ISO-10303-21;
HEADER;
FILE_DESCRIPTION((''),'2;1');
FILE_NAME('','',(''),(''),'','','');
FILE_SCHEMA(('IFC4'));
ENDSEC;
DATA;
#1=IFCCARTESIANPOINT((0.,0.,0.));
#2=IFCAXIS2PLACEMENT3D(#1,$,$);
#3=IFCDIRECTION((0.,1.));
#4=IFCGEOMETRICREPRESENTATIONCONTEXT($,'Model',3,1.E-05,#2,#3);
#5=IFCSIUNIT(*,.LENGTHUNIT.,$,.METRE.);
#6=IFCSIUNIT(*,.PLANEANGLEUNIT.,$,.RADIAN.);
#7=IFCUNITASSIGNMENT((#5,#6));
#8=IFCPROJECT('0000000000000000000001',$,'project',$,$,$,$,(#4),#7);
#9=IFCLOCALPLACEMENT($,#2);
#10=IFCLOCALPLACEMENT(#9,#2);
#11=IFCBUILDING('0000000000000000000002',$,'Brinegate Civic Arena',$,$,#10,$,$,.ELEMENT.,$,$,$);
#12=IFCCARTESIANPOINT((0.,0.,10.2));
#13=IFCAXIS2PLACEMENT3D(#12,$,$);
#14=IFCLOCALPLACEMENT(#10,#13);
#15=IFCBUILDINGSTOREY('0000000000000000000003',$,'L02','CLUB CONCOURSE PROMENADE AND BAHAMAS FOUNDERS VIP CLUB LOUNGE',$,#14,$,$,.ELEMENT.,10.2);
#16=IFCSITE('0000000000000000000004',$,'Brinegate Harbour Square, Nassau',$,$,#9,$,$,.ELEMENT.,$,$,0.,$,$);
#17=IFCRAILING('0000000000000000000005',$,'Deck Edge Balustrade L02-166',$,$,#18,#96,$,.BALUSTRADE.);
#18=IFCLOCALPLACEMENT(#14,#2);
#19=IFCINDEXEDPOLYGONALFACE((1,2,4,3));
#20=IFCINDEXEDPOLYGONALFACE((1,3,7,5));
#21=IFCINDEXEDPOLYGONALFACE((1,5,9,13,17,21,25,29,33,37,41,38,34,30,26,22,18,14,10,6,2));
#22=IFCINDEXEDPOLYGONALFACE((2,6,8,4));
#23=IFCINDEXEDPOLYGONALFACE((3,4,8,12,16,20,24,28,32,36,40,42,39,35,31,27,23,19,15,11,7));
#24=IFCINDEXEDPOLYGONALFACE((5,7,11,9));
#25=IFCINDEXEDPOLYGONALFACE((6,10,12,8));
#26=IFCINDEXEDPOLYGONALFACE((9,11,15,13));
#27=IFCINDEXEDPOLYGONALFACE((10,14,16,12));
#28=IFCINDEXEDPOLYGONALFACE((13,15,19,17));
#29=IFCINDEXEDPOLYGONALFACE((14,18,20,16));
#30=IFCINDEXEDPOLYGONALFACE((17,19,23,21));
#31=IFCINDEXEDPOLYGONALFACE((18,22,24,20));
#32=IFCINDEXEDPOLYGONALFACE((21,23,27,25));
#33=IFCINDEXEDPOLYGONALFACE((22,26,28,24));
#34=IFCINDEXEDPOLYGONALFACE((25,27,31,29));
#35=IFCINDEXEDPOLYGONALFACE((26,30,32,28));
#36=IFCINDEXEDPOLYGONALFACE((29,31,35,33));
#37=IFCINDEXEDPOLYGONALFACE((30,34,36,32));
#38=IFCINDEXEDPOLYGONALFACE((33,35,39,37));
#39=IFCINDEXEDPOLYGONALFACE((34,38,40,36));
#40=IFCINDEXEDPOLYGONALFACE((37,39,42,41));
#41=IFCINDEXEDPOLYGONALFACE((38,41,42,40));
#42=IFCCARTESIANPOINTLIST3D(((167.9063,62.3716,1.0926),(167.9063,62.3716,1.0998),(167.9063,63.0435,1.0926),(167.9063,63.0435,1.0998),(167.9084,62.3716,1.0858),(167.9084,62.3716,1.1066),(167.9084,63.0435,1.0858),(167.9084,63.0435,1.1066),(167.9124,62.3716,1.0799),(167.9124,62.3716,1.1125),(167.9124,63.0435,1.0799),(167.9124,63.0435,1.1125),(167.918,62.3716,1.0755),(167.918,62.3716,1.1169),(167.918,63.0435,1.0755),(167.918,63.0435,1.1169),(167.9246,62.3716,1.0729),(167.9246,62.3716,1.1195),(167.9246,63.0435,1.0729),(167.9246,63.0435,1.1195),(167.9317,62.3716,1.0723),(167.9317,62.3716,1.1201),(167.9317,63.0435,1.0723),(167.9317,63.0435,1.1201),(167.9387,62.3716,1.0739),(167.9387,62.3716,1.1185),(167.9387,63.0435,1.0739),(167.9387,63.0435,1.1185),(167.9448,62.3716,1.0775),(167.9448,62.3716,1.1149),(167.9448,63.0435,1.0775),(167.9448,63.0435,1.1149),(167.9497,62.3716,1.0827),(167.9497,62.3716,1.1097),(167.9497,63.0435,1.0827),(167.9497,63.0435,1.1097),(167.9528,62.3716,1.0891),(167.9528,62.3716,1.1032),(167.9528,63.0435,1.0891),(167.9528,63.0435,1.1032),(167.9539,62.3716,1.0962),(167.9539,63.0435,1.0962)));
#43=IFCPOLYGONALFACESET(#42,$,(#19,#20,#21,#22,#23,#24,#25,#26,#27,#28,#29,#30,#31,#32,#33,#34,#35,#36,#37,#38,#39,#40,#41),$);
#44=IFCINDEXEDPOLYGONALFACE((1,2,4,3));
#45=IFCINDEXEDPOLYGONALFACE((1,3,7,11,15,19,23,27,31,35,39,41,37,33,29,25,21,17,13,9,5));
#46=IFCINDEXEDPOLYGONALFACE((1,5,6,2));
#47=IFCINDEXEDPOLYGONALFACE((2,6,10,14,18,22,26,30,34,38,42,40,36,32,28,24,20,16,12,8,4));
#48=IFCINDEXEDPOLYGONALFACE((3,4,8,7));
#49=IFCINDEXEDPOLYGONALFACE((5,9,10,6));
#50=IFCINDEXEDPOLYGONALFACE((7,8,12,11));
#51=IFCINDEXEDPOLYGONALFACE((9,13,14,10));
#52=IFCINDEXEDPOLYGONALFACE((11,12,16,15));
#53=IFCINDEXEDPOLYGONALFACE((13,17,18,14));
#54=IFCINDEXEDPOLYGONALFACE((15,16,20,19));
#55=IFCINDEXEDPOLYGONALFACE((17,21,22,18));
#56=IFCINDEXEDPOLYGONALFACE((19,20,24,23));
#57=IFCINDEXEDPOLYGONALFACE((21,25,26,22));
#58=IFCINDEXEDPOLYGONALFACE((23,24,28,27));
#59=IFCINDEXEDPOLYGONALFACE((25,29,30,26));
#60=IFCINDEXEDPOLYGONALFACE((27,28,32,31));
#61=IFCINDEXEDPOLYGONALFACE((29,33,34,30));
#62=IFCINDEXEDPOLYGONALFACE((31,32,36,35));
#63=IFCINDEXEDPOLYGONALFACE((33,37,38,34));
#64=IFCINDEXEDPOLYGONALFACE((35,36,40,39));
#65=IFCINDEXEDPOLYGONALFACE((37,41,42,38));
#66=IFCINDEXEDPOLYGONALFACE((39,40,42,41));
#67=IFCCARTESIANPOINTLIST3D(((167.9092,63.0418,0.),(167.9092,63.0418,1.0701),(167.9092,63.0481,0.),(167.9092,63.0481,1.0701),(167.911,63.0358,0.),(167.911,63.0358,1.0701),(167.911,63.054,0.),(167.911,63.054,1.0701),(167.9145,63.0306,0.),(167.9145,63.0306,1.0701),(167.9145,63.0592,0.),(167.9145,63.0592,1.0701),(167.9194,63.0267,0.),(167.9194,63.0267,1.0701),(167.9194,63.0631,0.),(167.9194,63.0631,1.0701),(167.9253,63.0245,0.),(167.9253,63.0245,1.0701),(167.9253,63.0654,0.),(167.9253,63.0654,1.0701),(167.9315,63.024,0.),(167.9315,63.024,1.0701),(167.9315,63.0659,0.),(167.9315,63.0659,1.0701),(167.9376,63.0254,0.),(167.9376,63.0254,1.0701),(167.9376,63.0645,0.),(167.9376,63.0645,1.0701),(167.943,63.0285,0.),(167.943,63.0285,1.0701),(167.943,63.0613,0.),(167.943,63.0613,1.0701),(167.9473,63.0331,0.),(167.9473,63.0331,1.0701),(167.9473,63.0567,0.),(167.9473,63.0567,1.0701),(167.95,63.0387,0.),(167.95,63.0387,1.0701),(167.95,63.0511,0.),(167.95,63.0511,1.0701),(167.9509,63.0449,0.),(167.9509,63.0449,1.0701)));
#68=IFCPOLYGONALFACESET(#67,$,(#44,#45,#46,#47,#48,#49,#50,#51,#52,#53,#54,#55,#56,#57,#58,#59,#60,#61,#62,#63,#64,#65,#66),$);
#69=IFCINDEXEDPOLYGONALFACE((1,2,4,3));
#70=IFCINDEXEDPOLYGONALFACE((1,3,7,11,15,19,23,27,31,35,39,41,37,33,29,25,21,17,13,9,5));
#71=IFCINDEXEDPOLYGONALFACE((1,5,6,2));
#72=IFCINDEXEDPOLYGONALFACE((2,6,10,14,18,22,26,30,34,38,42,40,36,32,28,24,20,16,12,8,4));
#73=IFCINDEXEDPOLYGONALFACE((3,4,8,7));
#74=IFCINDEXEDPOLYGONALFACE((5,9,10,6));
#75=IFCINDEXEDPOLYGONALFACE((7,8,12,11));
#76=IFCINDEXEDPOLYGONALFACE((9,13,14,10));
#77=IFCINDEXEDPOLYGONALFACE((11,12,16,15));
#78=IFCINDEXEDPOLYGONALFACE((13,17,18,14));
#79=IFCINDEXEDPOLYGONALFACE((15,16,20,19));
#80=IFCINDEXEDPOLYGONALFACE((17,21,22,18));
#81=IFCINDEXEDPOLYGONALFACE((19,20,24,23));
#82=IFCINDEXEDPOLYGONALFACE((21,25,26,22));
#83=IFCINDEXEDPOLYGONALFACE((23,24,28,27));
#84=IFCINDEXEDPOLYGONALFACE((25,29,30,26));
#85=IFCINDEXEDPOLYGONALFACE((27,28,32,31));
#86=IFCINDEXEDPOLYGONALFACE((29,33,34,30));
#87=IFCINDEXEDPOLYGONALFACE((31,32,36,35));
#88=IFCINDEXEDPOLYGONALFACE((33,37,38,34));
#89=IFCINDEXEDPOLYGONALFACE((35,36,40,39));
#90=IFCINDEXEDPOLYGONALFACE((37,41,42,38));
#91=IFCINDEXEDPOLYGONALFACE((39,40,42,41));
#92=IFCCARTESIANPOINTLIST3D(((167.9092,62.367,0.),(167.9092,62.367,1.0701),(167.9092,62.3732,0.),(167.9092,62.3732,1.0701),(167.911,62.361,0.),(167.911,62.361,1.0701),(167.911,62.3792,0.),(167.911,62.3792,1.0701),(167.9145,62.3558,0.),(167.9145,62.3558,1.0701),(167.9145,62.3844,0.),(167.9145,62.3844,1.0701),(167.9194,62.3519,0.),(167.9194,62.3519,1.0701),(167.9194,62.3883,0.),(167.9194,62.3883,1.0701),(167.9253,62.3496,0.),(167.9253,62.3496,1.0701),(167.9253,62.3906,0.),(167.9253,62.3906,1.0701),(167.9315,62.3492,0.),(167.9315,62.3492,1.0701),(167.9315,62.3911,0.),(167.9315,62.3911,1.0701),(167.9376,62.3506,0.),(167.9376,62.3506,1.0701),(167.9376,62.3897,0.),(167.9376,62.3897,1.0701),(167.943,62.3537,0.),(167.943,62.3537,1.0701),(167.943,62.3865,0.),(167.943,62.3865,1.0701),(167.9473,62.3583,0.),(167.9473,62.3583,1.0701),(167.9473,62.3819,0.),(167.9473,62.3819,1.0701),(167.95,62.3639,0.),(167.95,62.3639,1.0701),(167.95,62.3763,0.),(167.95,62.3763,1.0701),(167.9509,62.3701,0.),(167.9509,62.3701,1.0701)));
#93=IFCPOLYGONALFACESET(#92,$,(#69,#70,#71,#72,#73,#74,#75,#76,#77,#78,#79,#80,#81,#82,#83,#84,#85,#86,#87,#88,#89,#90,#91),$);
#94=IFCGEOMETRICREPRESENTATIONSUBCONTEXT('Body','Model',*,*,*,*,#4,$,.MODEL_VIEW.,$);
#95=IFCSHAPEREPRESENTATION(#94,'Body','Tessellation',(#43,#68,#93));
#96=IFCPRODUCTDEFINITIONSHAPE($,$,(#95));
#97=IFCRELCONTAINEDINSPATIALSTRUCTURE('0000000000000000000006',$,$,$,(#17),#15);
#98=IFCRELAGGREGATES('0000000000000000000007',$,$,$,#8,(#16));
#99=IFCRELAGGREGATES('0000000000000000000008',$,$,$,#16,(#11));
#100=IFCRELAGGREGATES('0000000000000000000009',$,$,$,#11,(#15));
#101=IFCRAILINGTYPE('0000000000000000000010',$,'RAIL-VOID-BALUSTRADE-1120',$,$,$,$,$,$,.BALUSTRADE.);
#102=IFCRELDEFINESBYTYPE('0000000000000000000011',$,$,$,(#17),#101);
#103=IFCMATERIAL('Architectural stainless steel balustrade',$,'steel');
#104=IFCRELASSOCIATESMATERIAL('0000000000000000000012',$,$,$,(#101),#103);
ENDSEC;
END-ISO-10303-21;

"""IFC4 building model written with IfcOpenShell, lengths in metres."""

from ifc_helpers import new_model, si_unit, direction, frame, origin, origin_2d, place, context, subcontext, project, spatial, circle, extrude, material, type_object, element, save


model = new_model("IFC4")

# Units and contexts
model_context = context("Model", 3, precision=1e-05, world=origin(), true_north=direction((0.0, 1.0)))
body_context = subcontext(model_context, "Body", "Model", "MODEL_VIEW")
ifc_project = project(units=[si_unit("LENGTHUNIT", "METRE"), si_unit("PLANEANGLEUNIT", "RADIAN")], contexts=[model_context])

# Site, building, storey
site_placement = place(None, origin())
site = spatial("IfcSite", under=ifc_project, at=site_placement, Name="Brinegate Harbour Square, Nassau", CompositionType="ELEMENT", RefElevation=0.0)
building_placement = place(site_placement, origin())
building = spatial("IfcBuilding", under=site, at=building_placement, Name="Brinegate Civic Arena", CompositionType="ELEMENT")
storey_placement = place(building_placement, frame((0.0, 0.0, 10.2)))
storey = spatial("IfcBuildingStorey", under=building, at=storey_placement, Name="L02", Description="CLUB CONCOURSE PROMENADE AND BAHAMAS FOUNDERS VIP CLUB LOUNGE", CompositionType="ELEMENT", Elevation=10.2)

# Railing
ifc_material_1 = material(Name="Architectural stainless steel balustrade", Category="steel")
railing_type = type_object("IfcRailingType", Name="RAIL-VOID-BALUSTRADE-1120", PredefinedType="BALUSTRADE", material=ifc_material_1)
railing_placement = place(storey_placement, frame((167.9299, 63.0449, 0.0)))
element("IfcRailing", 1, at=railing_placement, inside=storey, type_object=railing_type, Name="Deck Edge Balustrade L02-166", PredefinedType="BALUSTRADE", context=body_context, shape_type="SweptSolid", body=[
    extrude(circle(Radius=0.0239, at=origin_2d()), frame((0.0, -0.0015, 1.0962), z_axis=(0.0, -1.0, 0.0), x_axis=(1.0, 0.0, 0.0)), (0.0, 0.0, 1.0), 0.6719),
    extrude(circle(Radius=0.021, at=origin_2d()), origin(), (0.0, 0.0, 1.0), 1.0701),
    extrude(circle(Radius=0.021, at=origin_2d()), frame((0.0, -0.6748, 0.0)), (0.0, 0.0, 1.0), 1.0701),
])

save(model, "model.ifc")
